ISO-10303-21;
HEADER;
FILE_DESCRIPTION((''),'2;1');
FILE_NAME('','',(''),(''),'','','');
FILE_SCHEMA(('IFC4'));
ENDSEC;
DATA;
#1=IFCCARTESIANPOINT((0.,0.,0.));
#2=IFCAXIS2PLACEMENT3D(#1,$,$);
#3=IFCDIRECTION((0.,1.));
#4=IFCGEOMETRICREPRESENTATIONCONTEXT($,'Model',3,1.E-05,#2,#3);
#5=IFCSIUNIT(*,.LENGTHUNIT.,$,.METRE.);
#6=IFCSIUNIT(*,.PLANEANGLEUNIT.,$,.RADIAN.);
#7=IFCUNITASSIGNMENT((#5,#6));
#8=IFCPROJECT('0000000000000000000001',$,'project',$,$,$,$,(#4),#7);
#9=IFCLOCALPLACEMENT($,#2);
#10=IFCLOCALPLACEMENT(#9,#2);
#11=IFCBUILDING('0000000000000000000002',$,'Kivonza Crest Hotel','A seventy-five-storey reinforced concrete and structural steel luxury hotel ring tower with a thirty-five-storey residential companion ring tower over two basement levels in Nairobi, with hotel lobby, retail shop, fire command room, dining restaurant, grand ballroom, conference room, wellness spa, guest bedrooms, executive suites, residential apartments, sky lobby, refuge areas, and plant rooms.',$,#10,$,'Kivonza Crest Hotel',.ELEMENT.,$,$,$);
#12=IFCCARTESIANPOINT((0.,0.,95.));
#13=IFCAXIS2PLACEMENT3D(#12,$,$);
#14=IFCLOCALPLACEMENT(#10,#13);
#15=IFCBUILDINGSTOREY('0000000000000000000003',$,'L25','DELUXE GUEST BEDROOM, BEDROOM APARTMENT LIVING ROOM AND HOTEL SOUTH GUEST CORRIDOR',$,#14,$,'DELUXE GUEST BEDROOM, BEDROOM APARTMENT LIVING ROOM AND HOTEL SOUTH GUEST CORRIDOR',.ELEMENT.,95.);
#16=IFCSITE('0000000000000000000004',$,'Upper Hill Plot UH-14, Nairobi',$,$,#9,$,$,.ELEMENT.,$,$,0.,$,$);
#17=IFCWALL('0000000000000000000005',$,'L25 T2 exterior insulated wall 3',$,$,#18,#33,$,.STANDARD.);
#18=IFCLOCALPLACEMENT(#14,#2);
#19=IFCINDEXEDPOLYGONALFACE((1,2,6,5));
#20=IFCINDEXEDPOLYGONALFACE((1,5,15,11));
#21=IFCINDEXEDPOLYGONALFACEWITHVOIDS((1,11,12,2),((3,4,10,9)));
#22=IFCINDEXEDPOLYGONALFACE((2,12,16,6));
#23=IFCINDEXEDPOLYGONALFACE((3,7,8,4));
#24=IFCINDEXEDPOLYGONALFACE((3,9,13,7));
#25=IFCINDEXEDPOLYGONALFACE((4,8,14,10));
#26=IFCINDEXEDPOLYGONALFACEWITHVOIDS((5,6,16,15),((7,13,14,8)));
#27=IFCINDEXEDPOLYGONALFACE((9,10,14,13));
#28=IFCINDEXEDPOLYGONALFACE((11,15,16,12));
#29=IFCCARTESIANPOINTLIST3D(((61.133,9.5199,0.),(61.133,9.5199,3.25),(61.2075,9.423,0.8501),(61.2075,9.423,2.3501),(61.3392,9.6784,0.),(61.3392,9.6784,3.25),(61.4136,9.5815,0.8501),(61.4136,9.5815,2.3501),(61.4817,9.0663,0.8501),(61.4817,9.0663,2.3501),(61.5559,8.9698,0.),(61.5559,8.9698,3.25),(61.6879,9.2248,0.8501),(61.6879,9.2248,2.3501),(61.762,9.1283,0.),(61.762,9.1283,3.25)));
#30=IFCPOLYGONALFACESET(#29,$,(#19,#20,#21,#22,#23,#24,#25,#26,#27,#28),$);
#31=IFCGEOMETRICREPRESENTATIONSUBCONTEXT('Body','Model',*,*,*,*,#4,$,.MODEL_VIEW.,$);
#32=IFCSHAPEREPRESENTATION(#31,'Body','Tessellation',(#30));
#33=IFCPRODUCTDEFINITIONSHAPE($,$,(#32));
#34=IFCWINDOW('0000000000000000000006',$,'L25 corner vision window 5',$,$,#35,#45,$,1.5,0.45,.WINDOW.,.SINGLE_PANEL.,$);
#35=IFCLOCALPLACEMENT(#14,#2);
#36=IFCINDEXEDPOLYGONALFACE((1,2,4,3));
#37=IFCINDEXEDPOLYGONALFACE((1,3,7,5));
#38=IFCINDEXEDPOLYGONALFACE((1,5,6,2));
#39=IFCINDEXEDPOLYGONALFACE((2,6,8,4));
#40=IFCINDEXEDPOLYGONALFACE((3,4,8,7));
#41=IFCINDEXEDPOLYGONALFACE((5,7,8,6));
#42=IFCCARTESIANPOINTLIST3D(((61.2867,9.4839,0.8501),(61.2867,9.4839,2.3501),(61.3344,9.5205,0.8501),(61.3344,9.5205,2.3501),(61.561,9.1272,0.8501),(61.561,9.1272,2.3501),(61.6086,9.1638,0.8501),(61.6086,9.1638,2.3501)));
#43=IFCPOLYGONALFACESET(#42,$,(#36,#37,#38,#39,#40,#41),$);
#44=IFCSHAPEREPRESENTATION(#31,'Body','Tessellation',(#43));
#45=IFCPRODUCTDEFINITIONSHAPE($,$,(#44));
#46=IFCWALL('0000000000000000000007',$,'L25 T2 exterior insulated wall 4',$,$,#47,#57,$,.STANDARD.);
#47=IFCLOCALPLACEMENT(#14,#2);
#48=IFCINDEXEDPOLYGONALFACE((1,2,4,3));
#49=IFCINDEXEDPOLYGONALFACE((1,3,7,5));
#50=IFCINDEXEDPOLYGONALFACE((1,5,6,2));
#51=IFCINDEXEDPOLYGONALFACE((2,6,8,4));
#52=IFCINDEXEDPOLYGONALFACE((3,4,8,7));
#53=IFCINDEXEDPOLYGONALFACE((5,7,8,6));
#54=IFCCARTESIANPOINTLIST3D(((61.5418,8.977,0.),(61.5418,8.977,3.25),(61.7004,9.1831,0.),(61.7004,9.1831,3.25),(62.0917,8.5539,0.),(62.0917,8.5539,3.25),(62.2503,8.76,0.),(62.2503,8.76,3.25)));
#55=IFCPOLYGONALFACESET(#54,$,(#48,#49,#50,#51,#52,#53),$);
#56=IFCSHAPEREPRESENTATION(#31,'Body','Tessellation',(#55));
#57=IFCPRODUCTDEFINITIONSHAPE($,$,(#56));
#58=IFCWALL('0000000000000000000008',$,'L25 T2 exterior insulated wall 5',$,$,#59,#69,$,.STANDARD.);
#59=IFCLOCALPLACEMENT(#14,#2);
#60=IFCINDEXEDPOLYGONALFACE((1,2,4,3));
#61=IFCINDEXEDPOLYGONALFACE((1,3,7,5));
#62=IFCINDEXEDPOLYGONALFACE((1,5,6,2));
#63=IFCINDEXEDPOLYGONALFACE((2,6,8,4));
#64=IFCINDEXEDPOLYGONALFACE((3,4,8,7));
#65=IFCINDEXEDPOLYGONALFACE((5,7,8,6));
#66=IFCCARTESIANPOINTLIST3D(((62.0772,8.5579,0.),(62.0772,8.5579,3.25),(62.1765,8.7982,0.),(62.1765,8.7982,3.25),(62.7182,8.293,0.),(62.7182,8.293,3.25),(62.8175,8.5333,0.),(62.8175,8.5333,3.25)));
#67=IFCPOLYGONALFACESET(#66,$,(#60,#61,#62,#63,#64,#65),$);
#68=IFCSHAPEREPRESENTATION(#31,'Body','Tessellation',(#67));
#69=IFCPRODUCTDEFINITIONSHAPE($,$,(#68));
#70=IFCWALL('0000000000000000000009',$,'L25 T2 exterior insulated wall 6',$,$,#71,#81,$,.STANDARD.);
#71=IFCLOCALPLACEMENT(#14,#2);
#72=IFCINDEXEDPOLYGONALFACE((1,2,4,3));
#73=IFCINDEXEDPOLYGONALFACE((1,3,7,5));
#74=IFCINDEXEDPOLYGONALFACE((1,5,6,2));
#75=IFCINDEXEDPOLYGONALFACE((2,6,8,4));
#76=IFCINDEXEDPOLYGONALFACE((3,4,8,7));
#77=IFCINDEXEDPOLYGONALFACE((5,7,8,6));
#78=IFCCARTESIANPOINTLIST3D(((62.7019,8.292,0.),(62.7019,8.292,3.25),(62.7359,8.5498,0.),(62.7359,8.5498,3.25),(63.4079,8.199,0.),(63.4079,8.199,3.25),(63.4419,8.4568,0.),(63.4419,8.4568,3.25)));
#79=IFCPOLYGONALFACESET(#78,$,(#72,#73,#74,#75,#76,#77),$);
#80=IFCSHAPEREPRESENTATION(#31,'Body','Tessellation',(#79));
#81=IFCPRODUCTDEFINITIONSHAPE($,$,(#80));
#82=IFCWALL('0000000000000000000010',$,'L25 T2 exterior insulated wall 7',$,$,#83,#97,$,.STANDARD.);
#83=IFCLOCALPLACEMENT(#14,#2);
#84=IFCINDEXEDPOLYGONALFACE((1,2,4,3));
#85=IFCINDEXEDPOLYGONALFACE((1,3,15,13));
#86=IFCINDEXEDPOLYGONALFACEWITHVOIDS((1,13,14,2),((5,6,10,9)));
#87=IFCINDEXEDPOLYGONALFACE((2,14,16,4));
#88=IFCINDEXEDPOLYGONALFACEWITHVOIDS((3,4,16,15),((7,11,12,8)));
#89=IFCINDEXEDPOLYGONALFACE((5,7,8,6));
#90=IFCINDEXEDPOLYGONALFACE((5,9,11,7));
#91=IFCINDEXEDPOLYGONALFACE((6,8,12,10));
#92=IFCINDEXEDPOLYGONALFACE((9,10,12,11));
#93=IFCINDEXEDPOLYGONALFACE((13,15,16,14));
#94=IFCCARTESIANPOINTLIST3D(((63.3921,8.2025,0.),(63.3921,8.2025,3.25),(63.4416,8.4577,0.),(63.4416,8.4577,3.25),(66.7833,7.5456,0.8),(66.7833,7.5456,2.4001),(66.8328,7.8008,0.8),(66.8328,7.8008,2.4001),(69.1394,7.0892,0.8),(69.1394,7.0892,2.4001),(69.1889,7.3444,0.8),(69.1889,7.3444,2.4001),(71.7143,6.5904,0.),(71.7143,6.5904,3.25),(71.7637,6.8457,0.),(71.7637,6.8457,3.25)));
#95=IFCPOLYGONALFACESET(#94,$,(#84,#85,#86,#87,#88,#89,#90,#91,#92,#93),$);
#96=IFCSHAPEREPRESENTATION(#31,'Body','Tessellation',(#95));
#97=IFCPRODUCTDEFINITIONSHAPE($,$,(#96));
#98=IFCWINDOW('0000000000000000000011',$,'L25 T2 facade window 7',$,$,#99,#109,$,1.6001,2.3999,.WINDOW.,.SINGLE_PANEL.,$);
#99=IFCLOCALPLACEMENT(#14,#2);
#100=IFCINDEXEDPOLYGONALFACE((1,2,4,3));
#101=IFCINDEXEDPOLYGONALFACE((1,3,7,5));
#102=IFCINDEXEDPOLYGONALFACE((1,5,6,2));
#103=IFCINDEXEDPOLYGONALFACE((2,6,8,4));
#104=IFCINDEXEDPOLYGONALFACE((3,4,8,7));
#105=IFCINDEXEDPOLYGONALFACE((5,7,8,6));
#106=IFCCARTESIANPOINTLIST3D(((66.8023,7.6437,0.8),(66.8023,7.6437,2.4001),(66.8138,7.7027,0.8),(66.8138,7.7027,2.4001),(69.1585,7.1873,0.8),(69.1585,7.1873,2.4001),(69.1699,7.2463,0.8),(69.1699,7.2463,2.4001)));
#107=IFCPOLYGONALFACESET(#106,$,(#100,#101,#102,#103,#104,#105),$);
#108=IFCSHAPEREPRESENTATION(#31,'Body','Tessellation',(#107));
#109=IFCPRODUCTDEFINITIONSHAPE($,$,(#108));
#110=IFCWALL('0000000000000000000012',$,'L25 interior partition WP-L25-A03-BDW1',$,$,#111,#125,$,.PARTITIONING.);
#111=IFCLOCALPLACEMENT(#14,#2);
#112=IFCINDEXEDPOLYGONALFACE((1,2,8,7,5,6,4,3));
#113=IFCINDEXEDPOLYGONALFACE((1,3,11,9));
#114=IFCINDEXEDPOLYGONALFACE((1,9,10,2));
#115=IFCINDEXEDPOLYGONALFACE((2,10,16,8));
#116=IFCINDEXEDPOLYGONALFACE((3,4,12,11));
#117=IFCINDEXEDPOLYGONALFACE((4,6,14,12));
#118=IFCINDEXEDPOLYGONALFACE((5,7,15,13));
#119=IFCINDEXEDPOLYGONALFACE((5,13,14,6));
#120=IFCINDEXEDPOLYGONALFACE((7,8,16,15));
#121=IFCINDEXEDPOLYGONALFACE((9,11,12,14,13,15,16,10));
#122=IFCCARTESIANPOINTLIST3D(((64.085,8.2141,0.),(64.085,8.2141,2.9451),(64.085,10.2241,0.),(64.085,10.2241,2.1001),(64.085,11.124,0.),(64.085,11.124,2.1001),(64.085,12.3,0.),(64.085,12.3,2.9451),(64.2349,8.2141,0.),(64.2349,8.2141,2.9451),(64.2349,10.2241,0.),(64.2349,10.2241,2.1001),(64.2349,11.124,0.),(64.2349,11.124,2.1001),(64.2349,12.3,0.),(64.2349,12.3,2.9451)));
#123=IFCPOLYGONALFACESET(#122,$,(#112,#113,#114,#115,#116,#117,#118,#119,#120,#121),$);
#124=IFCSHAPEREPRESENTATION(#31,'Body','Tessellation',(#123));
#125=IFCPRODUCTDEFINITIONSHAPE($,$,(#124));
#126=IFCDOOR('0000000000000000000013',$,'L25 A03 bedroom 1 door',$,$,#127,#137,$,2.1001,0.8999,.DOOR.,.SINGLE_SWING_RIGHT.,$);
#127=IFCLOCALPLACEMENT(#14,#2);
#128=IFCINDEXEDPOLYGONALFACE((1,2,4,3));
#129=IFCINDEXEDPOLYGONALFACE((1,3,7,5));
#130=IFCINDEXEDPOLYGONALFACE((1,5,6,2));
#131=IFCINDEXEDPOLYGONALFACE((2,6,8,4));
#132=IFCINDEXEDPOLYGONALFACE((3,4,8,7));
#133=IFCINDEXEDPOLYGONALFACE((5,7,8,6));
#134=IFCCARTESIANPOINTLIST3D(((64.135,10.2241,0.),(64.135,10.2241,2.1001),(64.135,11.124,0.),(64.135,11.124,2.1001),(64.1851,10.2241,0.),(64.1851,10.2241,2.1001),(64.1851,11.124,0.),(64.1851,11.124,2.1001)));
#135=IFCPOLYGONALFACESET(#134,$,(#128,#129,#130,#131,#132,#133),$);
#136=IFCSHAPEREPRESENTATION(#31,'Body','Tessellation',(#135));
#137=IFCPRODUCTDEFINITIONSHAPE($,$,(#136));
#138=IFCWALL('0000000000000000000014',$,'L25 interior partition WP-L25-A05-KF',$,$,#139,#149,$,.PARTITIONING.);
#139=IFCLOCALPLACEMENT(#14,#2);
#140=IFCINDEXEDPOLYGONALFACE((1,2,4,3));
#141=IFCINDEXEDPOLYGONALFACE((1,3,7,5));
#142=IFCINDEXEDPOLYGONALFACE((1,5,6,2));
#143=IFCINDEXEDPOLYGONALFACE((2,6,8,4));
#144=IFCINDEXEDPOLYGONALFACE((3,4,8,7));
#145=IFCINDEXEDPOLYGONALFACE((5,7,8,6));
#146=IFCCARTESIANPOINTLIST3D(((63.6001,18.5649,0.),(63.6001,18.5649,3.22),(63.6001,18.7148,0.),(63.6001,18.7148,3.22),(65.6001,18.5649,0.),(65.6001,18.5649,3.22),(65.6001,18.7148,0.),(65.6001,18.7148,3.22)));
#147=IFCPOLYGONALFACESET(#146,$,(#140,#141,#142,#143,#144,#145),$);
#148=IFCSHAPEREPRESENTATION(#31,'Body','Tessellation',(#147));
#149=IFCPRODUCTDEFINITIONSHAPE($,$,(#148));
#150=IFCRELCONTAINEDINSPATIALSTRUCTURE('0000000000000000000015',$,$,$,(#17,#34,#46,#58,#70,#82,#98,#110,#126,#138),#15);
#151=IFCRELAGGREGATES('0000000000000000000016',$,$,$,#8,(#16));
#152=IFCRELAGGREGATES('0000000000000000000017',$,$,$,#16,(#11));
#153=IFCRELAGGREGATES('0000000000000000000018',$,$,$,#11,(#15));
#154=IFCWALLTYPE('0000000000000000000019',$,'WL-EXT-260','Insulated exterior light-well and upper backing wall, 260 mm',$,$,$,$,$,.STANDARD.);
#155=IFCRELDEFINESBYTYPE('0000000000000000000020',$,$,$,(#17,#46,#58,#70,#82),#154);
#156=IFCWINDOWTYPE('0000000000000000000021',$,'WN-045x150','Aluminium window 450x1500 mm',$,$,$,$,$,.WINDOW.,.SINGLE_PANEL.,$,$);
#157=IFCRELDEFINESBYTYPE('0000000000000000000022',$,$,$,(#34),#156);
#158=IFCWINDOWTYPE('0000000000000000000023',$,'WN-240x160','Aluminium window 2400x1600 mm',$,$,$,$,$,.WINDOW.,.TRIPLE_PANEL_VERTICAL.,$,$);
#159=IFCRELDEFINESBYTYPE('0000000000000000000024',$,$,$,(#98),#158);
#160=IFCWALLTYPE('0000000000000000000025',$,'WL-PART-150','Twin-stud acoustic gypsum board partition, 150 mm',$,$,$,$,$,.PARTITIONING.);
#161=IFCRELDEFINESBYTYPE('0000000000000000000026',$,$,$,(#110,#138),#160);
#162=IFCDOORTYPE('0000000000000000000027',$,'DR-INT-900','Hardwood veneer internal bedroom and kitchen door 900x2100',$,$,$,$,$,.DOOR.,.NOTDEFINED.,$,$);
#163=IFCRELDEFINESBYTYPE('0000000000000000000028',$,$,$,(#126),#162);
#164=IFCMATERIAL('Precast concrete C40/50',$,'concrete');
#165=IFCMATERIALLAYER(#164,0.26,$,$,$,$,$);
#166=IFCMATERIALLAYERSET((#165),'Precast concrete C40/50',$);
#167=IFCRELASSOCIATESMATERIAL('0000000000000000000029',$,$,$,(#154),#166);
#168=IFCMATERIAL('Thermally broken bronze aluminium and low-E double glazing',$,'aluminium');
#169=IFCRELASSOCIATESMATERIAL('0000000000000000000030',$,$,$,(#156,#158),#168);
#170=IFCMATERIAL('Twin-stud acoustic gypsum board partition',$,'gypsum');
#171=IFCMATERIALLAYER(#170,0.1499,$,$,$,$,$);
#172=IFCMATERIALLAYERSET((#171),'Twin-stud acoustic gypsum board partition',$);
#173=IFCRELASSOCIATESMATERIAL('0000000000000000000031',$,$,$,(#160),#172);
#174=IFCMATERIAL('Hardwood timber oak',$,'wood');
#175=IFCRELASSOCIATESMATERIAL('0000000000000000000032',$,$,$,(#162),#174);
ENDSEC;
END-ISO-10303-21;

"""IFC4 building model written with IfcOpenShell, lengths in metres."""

from ifc_helpers import new_model, si_unit, direction, frame, frame_2d, origin, place, context, subcontext, project, spatial, rectangle, extrude, material, layer, layer_set, type_object, element, fill, save


model = new_model("IFC4")

# Units and contexts
model_context = context("Model", 3, precision=1e-05, world=origin(), true_north=direction((0.0, 1.0)))
body_context = subcontext(model_context, "Body", "Model", "MODEL_VIEW")
ifc_project = project(units=[si_unit("LENGTHUNIT", "METRE"), si_unit("PLANEANGLEUNIT", "RADIAN")], contexts=[model_context])

# Site, building, storey
site_placement = place(None, origin())
site = spatial("IfcSite", under=ifc_project, at=site_placement, Name="Upper Hill Plot UH-14, Nairobi", CompositionType="ELEMENT", RefElevation=0.0)
building_placement = place(site_placement, origin())
building = spatial("IfcBuilding", under=site, at=building_placement, Name="Kivonza Crest Hotel", Description="A seventy-five-storey reinforced concrete and structural steel luxury hotel ring tower with a thirty-five-storey residential companion ring tower over two basement levels in Nairobi, with hotel lobby, retail shop, fire command room, dining restaurant, grand ballroom, conference room, wellness spa, guest bedrooms, executive suites, residential apartments, sky lobby, refuge areas, and plant rooms.", LongName="Kivonza Crest Hotel", CompositionType="ELEMENT")
storey_placement = place(building_placement, frame((0.0, 0.0, 95.0)))
storey = spatial("IfcBuildingStorey", under=building, at=storey_placement, Name="L25", Description="DELUXE GUEST BEDROOM, BEDROOM APARTMENT LIVING ROOM AND HOTEL SOUTH GUEST CORRIDOR", LongName="DELUXE GUEST BEDROOM, BEDROOM APARTMENT LIVING ROOM AND HOTEL SOUTH GUEST CORRIDOR", CompositionType="ELEMENT", Elevation=95.0)

# Shared definitions
ifc_material_1 = material(Name="Hardwood timber oak", Category="wood")

# Wall, opening, window
ifc_material_2 = material(Name="Precast concrete C40/50", Category="concrete")
ifc_layer_1 = layer(ifc_material_2, 0.26)
ifc_layer_set_1 = layer_set([ifc_layer_1], Name="Precast concrete C40/50")
wall_type_1 = type_object("IfcWallType", Name="WL-EXT-260", Description="Insulated exterior light-well and upper backing wall, 260 mm", PredefinedType="STANDARD", material=ifc_layer_set_1)
wall_1_placement = place(storey_placement, frame((61.2361, 9.5991, 0.0), z_axis=(0.0, 0.0, 1.0), x_axis=(0.609473, -0.792807, 0.0)))
wall_1 = element("IfcWall", 1, at=wall_1_placement, inside=storey, type_object=wall_type_1, Name="L25 T2 exterior insulated wall 3", PredefinedType="STANDARD", context=body_context, shape_type="SweptSolid", body=[
    extrude(rectangle(XDim=0.6938, YDim=0.26, at=frame_2d((0.3469, 0.0))), origin(), (0.0, 0.0, 1.0), 3.25),
])
opening_1_placement = place(wall_1_placement, frame((0.1221, 0.0, 0.8501)))
opening_1 = element("IfcOpeningElement", 2, at=opening_1_placement, cuts=wall_1, PredefinedType="OPENING", context=body_context, shape_type="SweptSolid", body=[
    extrude(rectangle(XDim=0.45, YDim=1.5, at=frame_2d((0.2251, 0.75))), frame((0.0, 0.1401, 0.0), z_axis=(0.0, -1.0, 0.0), x_axis=(1.0, 0.0, 0.0)), (0.0, 0.0, 1.0), 0.28),
])
ifc_material_3 = material(Name="Thermally broken bronze aluminium and low-E double glazing", Category="aluminium")
window_type_1 = type_object("IfcWindowType", Name="WN-045x150", Description="Aluminium window 450x1500 mm", PartitioningType="SINGLE_PANEL", PredefinedType="WINDOW", material=ifc_material_3)
window_1_placement = place(opening_1_placement, origin())
window_1 = element("IfcWindow", 3, at=window_1_placement, inside=storey, type_object=window_type_1, Name="L25 corner vision window 5", OverallHeight=1.5, OverallWidth=0.45, PartitioningType="SINGLE_PANEL", PredefinedType="WINDOW", context=body_context, shape_type="SweptSolid", body=[
    extrude(rectangle(XDim=0.45, YDim=1.5, at=frame_2d((0.2251, 0.75))), frame((0.0, 0.03, 0.0), z_axis=(0.0, -1.0, 0.0), x_axis=(1.0, 0.0, 0.0)), (0.0, 0.0, 1.0), 0.0601),
])
fill(opening_1, window_1)

# Walls
wall_2_placement = place(storey_placement, frame((61.6211, 9.0801, 0.0), z_axis=(0.0, 0.0, 1.0), x_axis=(0.792506, -0.609864, 0.0)))
element("IfcWall", 4, at=wall_2_placement, inside=storey, type_object=wall_type_1, Name="L25 T2 exterior insulated wall 4", PredefinedType="STANDARD", context=body_context, shape_type="SweptSolid", body=[
    extrude(rectangle(XDim=0.6938, YDim=0.26, at=frame_2d((0.3469, 0.0))), origin(), (0.0, 0.0, 1.0), 3.25),
])
wall_3_placement = place(storey_placement, frame((62.127, 8.678, 0.0), z_axis=(0.0, 0.0, 1.0), x_axis=(0.924218, -0.381865, 0.0)))
element("IfcWall", 5, at=wall_3_placement, inside=storey, type_object=wall_type_1, Name="L25 T2 exterior insulated wall 5", PredefinedType="STANDARD", context=body_context, shape_type="SweptSolid", body=[
    extrude(rectangle(XDim=0.6936, YDim=0.26, at=frame_2d((0.3467, 0.0))), origin(), (0.0, 0.0, 1.0), 3.25),
])
wall_4_placement = place(storey_placement, frame((62.719, 8.4209, 0.0), z_axis=(0.0, 0.0, 1.0), x_axis=(0.991433, -0.130614, 0.0)))
element("IfcWall", 6, at=wall_4_placement, inside=storey, type_object=wall_type_1, Name="L25 T2 exterior insulated wall 6", PredefinedType="STANDARD", context=body_context, shape_type="SweptSolid", body=[
    extrude(rectangle(XDim=0.7122, YDim=0.26, at=frame_2d((0.356, 0.0))), origin(), (0.0, 0.0, 1.0), 3.25),
])

# Wall, opening, window
wall_5_placement = place(storey_placement, frame((63.417, 8.3301, 0.0), z_axis=(0.0, 0.0, 1.0), x_axis=(0.98175, -0.190175, 0.0)))
wall_5 = element("IfcWall", 7, at=wall_5_placement, inside=storey, type_object=wall_type_1, Name="L25 T2 exterior insulated wall 7", PredefinedType="STANDARD", context=body_context, shape_type="SweptSolid", body=[
    extrude(rectangle(XDim=8.4768, YDim=0.26, at=frame_2d((4.2383, 0.0))), origin(), (0.0, 0.0, 1.0), 3.25),
])
opening_2_placement = place(wall_5_placement, frame((3.4541, 0.0, 0.8)))
opening_2 = element("IfcOpeningElement", 8, at=opening_2_placement, cuts=wall_5, PredefinedType="OPENING", context=body_context, shape_type="SweptSolid", body=[
    extrude(rectangle(XDim=2.3999, YDim=1.6001, at=frame_2d((1.2, 0.8))), frame((0.0, 0.1401, 0.0), z_axis=(0.0, -1.0, 0.0), x_axis=(1.0, 0.0, 0.0)), (0.0, 0.0, 1.0), 0.28),
])
window_type_2 = type_object("IfcWindowType", Name="WN-240x160", Description="Aluminium window 2400x1600 mm", PartitioningType="TRIPLE_PANEL_VERTICAL", PredefinedType="WINDOW", material=ifc_material_3)
window_2_placement = place(opening_2_placement, origin())
window_2 = element("IfcWindow", 9, at=window_2_placement, inside=storey, type_object=window_type_2, Name="L25 T2 facade window 7", OverallHeight=1.6001, OverallWidth=2.3999, PartitioningType="SINGLE_PANEL", PredefinedType="WINDOW", context=body_context, shape_type="SweptSolid", body=[
    extrude(rectangle(XDim=2.3999, YDim=1.6001, at=frame_2d((1.2, 0.8))), frame((0.0, 0.03, 0.0), z_axis=(0.0, -1.0, 0.0), x_axis=(1.0, 0.0, 0.0)), (0.0, 0.0, 1.0), 0.0601),
])
fill(opening_2, window_2)

# Wall, opening, door
ifc_material_4 = material(Name="Twin-stud acoustic gypsum board partition", Category="gypsum")
ifc_layer_2 = layer(ifc_material_4, 0.1499)
ifc_layer_set_2 = layer_set([ifc_layer_2], Name="Twin-stud acoustic gypsum board partition")
wall_type_2 = type_object("IfcWallType", Name="WL-PART-150", Description="Twin-stud acoustic gypsum board partition, 150 mm", PredefinedType="PARTITIONING", material=ifc_layer_set_2)
wall_6_placement = place(storey_placement, frame((64.1599, 8.2141, 0.0), z_axis=(0.0, 0.0, 1.0), x_axis=(0.0, 1.0, 0.0)))
wall_6 = element("IfcWall", 10, at=wall_6_placement, inside=storey, type_object=wall_type_2, Name="L25 interior partition WP-L25-A03-BDW1", PredefinedType="PARTITIONING", context=body_context, shape_type="SweptSolid", body=[
    extrude(rectangle(XDim=4.0859, YDim=0.1499, at=frame_2d((2.043, 0.0))), origin(), (0.0, 0.0, 1.0), 2.9451),
])
opening_3_placement = place(wall_6_placement, frame((2.01, 0.0, 0.0)))
opening_3 = element("IfcOpeningElement", 11, at=opening_3_placement, cuts=wall_6, PredefinedType="OPENING", context=body_context, shape_type="SweptSolid", body=[
    extrude(rectangle(XDim=0.8999, YDim=2.1001, at=frame_2d((0.45, 1.05))), frame((0.0, 0.085, 0.0), z_axis=(0.0, -1.0, 0.0), x_axis=(1.0, 0.0, 0.0)), (0.0, 0.0, 1.0), 0.1699),
])
door_type_1 = type_object("IfcDoorType", Name="DR-INT-900", Description="Hardwood veneer internal bedroom and kitchen door 900x2100", OperationType="NOTDEFINED", PredefinedType="DOOR", material=ifc_material_1)
door_1_placement = place(opening_3_placement, origin())
door_1 = element("IfcDoor", 12, at=door_1_placement, inside=storey, type_object=door_type_1, Name="L25 A03 bedroom 1 door", OperationType="SINGLE_SWING_RIGHT", OverallHeight=2.1001, OverallWidth=0.8999, PredefinedType="DOOR", context=body_context, shape_type="SweptSolid", body=[
    extrude(rectangle(XDim=0.8999, YDim=2.1001, at=frame_2d((0.45, 1.05))), frame((0.0, 0.0249, 0.0), z_axis=(0.0, -1.0, 0.0), x_axis=(1.0, 0.0, 0.0)), (0.0, 0.0, 1.0), 0.05),
])
fill(opening_3, door_1)

# Wall
wall_7_placement = place(storey_placement, frame((63.6001, 18.6399, 0.0), z_axis=(0.0, 0.0, 1.0), x_axis=(1.0, 0.0, 0.0)))
element("IfcWall", 13, at=wall_7_placement, inside=storey, type_object=wall_type_2, Name="L25 interior partition WP-L25-A05-KF", PredefinedType="PARTITIONING", context=body_context, shape_type="SweptSolid", body=[
    extrude(rectangle(XDim=2.0, YDim=0.1499, at=frame_2d((1.0, 0.0))), origin(), (0.0, 0.0, 1.0), 3.22),
])

save(model, "model.ifc")
